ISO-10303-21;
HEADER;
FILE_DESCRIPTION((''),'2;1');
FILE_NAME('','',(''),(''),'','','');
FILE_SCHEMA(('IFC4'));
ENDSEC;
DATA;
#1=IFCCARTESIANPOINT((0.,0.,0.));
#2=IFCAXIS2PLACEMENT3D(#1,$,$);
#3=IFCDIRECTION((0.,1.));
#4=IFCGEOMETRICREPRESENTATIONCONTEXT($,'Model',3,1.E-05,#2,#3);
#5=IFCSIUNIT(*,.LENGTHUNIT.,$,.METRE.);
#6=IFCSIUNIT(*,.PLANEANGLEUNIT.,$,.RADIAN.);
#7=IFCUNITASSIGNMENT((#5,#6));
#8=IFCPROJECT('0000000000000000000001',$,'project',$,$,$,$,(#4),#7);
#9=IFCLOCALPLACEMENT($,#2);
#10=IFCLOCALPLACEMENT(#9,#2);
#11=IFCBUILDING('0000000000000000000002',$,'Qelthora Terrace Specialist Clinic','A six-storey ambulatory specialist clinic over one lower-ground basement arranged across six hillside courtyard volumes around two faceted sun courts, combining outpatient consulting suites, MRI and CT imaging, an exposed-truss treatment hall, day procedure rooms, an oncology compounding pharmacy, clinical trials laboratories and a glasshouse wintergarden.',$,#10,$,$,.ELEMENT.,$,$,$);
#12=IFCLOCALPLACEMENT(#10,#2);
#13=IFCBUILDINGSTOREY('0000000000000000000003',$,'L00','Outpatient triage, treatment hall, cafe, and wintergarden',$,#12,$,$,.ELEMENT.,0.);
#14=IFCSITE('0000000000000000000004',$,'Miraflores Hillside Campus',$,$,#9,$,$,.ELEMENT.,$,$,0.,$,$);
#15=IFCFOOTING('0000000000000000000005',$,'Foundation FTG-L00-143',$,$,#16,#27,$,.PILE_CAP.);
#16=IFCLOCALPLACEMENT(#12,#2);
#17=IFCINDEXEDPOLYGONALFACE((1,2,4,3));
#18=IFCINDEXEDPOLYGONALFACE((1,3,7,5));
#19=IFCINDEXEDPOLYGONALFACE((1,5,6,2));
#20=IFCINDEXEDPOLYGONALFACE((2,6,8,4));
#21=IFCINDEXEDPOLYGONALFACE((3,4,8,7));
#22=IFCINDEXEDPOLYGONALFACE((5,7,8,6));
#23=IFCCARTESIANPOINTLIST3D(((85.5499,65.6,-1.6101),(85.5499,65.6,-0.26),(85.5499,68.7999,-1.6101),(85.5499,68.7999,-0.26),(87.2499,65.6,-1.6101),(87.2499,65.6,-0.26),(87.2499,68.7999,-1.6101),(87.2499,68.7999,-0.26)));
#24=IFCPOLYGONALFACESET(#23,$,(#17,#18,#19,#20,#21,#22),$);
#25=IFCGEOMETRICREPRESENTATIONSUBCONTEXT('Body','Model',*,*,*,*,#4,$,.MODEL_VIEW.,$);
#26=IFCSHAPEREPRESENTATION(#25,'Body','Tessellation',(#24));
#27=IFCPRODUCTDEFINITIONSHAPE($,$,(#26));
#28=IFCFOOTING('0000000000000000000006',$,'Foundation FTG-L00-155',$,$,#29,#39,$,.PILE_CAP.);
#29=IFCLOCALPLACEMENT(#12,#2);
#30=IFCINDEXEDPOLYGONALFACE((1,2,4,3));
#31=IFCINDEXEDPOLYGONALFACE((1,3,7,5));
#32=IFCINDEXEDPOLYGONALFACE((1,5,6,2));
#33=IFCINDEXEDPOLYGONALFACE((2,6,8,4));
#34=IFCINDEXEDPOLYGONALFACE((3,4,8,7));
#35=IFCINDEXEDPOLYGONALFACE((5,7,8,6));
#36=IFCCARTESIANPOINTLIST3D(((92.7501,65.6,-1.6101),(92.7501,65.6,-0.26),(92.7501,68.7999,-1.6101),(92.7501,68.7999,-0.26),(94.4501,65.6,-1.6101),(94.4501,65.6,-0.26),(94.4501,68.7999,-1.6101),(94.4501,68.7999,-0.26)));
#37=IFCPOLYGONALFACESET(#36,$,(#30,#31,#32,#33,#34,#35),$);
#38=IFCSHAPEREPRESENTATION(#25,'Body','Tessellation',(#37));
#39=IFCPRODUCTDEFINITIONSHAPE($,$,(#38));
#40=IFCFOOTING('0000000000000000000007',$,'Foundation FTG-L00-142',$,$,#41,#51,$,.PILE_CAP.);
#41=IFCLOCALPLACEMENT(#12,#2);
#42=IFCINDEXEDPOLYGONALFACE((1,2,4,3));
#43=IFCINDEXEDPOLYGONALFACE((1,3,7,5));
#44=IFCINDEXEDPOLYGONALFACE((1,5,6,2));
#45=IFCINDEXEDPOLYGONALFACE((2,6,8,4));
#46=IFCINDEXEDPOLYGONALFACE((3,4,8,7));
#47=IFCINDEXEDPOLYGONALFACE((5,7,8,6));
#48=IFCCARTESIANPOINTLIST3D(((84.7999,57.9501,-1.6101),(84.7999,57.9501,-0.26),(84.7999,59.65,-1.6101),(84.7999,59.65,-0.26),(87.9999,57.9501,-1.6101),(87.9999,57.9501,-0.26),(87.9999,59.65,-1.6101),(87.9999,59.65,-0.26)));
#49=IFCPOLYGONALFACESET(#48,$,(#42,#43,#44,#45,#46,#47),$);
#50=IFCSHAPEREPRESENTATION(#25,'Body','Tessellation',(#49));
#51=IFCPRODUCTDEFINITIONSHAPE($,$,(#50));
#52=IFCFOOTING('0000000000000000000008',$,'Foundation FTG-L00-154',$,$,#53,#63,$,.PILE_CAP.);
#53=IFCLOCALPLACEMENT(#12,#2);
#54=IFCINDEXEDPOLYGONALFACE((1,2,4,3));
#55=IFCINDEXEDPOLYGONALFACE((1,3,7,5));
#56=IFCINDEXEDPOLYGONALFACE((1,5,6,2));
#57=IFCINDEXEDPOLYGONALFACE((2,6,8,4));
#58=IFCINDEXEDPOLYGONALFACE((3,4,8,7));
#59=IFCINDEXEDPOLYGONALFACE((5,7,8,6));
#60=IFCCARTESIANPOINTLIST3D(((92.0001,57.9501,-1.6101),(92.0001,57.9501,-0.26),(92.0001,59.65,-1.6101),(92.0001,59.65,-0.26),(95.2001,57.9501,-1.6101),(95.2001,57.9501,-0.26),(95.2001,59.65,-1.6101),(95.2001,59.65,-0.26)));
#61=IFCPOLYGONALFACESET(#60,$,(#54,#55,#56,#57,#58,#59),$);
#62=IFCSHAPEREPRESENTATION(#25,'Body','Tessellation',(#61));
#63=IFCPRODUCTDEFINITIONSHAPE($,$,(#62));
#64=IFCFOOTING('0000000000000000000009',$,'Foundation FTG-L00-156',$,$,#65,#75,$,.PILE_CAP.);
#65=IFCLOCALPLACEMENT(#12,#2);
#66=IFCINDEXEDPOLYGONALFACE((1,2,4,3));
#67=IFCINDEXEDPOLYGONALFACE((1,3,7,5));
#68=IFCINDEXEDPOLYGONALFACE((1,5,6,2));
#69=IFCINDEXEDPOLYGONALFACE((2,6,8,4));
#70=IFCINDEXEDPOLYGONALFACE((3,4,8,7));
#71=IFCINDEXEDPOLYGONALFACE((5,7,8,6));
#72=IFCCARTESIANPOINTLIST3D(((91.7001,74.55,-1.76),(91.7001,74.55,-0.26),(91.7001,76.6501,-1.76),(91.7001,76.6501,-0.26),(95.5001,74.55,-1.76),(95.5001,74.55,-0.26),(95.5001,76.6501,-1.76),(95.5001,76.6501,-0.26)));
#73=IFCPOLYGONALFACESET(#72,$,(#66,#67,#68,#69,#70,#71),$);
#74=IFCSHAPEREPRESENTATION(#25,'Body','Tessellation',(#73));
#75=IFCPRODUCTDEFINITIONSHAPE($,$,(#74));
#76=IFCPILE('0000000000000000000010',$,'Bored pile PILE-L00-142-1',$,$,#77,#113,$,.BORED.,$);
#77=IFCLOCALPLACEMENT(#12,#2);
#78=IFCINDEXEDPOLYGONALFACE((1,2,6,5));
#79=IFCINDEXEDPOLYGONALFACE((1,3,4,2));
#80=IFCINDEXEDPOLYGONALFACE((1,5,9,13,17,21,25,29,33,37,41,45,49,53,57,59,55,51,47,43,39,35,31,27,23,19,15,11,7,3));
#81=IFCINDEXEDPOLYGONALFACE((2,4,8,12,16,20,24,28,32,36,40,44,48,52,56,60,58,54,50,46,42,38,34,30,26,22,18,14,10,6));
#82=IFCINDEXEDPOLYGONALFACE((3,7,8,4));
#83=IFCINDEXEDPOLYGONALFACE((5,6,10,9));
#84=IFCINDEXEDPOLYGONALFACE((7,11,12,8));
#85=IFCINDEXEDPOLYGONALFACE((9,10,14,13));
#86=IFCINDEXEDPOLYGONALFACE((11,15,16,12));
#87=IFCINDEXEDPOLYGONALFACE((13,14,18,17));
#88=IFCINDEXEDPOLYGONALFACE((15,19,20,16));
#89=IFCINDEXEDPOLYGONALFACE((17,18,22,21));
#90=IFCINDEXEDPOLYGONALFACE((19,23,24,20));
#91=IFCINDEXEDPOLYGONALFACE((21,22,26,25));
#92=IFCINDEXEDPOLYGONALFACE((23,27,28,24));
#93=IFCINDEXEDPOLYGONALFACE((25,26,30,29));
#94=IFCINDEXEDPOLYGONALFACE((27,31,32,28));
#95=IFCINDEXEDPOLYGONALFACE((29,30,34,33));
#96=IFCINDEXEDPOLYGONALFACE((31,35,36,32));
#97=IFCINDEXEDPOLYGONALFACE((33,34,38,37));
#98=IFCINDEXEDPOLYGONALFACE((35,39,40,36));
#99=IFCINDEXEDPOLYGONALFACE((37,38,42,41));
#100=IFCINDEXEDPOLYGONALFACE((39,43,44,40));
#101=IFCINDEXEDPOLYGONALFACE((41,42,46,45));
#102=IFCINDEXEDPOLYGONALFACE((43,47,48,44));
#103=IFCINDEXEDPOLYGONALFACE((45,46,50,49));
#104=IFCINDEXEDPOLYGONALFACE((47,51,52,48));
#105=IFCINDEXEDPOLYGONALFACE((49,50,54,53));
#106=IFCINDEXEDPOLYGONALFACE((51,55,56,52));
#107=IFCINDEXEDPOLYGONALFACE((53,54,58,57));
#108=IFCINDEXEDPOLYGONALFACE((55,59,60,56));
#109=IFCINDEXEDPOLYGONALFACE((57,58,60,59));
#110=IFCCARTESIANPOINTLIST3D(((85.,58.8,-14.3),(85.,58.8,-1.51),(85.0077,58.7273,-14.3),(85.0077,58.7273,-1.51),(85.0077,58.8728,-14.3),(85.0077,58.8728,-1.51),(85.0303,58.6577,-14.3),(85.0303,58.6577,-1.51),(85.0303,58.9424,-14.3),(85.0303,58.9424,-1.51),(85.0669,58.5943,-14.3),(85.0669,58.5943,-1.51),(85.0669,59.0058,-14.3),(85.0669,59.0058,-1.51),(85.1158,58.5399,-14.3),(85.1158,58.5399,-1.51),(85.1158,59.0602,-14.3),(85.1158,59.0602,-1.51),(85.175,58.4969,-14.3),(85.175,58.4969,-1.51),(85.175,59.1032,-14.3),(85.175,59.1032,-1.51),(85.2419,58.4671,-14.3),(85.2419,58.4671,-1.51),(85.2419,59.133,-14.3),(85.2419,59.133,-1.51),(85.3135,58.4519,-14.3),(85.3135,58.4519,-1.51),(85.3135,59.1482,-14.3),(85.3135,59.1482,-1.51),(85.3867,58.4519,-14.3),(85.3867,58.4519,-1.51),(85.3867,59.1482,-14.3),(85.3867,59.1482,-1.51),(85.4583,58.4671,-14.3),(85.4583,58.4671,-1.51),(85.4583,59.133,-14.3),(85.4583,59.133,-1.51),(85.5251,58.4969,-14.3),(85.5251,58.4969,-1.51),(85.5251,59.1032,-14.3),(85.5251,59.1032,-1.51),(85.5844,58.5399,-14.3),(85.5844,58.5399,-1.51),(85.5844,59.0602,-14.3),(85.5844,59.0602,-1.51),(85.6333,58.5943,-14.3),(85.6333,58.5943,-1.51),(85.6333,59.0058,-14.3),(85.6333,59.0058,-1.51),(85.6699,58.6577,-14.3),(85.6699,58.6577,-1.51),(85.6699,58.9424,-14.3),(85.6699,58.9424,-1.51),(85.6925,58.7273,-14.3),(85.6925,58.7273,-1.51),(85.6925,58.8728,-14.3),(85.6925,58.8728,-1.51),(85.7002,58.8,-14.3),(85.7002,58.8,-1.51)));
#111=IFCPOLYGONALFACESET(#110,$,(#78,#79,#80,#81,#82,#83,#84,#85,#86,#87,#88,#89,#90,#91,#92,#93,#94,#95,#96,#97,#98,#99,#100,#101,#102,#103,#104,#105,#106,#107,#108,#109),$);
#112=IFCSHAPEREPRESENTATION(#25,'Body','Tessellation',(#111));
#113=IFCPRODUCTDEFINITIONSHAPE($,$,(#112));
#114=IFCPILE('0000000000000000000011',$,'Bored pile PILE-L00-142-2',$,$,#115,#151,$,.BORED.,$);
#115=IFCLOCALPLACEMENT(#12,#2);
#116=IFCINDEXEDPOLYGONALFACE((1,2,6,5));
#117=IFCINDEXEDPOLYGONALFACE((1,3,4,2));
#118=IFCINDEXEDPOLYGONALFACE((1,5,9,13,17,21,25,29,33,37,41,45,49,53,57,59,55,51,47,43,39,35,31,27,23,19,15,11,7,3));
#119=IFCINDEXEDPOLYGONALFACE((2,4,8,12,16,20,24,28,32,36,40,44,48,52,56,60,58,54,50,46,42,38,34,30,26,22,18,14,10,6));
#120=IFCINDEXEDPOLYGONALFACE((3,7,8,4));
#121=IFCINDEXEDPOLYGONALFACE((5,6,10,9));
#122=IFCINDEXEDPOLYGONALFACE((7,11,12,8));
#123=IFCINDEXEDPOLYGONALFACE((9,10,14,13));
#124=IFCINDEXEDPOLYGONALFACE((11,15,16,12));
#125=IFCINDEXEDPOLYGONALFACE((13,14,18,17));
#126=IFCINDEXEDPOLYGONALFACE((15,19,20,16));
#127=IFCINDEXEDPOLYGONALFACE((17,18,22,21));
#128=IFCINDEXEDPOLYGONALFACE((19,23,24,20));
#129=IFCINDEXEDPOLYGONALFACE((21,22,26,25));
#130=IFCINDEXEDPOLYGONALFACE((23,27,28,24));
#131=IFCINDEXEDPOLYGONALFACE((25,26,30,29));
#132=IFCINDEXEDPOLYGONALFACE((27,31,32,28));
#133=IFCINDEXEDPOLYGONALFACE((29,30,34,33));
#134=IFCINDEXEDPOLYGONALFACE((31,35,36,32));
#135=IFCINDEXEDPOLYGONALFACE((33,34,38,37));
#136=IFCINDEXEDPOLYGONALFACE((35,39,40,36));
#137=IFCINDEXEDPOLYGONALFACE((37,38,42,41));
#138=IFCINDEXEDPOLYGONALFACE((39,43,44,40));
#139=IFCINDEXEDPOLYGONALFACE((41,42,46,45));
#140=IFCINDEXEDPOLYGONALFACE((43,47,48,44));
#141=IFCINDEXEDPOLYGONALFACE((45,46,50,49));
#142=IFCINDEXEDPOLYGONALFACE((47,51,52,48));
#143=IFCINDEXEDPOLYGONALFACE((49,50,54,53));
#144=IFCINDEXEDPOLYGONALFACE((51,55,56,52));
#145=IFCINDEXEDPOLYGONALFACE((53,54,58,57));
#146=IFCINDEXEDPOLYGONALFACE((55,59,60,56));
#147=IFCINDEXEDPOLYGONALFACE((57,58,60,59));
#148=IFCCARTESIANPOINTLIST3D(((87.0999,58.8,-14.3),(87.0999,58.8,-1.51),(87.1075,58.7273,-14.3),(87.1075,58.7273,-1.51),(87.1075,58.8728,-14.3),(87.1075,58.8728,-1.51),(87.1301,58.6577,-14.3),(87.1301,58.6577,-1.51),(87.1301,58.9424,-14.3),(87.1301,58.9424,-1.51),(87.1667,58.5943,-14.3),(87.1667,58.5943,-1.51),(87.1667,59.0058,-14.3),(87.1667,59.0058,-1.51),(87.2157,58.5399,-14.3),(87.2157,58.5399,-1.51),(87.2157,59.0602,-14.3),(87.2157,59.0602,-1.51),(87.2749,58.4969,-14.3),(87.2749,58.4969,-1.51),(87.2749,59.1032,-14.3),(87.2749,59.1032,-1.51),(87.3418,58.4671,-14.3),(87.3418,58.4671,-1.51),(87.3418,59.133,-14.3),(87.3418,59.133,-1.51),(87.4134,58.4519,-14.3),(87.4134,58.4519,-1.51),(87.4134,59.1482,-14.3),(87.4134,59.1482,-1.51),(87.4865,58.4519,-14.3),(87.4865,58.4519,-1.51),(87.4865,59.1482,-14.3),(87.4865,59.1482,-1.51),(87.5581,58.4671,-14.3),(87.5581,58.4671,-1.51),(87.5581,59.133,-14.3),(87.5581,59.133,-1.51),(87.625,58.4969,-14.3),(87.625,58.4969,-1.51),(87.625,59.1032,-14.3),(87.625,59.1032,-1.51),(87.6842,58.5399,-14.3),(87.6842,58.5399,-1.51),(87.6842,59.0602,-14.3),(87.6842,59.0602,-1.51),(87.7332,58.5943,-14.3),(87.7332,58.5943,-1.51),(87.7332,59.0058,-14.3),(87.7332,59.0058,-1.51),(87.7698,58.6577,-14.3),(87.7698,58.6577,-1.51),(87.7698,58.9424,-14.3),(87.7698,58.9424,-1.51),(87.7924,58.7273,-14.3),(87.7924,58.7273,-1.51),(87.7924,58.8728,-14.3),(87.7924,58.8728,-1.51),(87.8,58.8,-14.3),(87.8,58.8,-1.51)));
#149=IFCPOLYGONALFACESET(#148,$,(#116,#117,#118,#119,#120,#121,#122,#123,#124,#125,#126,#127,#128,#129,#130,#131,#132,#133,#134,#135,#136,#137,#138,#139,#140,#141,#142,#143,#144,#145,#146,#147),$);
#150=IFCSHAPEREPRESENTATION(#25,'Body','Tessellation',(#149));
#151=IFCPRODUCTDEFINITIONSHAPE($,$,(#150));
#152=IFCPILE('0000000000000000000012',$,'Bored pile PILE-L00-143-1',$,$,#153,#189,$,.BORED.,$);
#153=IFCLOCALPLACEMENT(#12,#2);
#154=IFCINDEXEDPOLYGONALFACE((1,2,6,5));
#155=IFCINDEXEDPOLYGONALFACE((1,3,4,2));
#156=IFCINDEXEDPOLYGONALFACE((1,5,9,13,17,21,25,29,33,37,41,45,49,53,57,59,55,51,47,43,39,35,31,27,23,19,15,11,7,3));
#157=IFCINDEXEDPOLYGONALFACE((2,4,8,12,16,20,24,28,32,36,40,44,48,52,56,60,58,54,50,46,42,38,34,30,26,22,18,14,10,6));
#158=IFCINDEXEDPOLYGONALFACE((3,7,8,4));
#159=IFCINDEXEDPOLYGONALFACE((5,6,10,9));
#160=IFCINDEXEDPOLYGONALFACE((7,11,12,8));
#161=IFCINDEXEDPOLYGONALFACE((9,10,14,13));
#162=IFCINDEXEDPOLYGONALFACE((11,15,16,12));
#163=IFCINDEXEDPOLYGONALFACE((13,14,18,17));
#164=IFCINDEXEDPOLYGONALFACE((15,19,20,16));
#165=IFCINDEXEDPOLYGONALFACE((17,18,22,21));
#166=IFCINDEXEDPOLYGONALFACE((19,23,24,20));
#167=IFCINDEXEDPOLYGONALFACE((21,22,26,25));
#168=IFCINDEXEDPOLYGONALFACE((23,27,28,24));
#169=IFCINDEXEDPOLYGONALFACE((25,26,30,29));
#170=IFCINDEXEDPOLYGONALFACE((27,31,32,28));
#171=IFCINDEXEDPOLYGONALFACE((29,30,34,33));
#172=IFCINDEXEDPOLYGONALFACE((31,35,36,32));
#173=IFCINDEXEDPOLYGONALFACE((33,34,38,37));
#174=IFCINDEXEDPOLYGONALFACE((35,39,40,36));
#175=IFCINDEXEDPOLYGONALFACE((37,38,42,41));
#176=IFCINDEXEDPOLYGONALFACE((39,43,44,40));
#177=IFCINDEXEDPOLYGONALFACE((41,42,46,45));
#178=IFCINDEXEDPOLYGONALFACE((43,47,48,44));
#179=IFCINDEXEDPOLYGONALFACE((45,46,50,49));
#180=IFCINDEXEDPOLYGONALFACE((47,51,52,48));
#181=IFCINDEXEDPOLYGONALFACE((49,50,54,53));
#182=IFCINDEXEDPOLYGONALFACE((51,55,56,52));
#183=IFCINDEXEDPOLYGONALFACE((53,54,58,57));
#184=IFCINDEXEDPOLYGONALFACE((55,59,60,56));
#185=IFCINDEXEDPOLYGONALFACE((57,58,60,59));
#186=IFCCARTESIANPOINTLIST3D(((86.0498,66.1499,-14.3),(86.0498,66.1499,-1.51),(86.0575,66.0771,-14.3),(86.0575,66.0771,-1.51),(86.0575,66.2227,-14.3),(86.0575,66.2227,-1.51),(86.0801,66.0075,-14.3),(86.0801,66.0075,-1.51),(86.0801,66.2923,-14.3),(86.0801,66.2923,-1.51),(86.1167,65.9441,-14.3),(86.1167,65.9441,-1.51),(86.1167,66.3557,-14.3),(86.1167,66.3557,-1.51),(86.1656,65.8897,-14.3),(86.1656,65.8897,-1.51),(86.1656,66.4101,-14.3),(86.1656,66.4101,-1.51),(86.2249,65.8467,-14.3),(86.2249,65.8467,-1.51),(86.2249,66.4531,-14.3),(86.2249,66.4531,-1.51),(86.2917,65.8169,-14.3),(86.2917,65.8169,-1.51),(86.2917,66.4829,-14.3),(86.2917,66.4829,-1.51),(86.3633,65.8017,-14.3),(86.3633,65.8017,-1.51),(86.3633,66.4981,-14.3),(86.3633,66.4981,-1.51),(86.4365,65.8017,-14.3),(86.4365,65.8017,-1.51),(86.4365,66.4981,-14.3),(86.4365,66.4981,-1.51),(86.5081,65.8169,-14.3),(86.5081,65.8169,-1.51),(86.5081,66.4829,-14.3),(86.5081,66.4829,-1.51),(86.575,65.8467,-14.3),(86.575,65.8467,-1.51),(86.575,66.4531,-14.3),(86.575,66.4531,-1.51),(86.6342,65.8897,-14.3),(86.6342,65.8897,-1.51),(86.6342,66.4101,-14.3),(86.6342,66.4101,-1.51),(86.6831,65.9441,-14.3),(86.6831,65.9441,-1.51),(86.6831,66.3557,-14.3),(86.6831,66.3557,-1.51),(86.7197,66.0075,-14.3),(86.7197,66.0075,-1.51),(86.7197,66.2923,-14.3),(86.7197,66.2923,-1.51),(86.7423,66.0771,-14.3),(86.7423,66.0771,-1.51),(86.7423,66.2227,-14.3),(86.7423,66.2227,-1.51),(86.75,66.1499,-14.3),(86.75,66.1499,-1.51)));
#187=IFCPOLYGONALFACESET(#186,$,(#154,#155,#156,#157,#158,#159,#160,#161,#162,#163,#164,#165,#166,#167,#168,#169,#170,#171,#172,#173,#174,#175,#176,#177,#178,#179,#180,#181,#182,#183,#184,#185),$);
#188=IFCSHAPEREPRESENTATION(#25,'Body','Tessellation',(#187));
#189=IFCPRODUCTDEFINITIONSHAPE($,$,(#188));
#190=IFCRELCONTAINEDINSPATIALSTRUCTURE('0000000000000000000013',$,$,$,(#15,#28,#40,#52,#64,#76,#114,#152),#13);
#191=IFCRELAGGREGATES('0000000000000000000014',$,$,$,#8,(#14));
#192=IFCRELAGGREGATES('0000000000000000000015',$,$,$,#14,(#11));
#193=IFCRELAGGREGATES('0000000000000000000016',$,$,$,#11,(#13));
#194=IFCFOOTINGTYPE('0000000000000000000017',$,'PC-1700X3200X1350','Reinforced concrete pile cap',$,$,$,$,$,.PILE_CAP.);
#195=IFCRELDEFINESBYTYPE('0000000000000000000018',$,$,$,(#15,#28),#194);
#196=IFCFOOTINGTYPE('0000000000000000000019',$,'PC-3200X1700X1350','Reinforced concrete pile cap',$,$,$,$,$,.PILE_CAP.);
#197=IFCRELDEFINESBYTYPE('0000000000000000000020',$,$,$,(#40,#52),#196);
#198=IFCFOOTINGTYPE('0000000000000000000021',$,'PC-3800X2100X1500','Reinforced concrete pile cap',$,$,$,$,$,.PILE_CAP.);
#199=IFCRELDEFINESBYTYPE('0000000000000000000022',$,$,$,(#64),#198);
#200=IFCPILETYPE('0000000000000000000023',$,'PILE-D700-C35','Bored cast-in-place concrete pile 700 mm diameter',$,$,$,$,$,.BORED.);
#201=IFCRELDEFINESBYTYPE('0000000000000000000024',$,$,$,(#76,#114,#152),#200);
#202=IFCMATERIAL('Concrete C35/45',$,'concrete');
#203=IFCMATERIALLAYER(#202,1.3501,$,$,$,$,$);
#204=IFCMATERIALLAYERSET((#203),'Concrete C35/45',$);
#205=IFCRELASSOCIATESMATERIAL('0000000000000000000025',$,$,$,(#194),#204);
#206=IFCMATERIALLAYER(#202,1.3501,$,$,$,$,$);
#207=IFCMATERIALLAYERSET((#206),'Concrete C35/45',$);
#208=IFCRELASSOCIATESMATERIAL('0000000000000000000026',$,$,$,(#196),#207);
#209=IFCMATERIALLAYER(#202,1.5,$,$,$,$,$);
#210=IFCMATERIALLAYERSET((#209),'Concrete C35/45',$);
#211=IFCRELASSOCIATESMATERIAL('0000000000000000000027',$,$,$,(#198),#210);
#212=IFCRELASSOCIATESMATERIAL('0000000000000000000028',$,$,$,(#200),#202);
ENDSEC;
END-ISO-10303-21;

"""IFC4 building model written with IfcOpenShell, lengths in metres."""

from ifc_helpers import new_model, si_unit, direction, frame, origin, origin_2d, place, context, subcontext, project, spatial, rectangle, circle, extrude, material, layer, layer_set, material_profile, profile_set, type_object, element, save


model = new_model("IFC4")

# Units and contexts
model_context = context("Model", 3, precision=1e-05, world=origin(), true_north=direction((0.0, 1.0)))
body_context = subcontext(model_context, "Body", "Model", "MODEL_VIEW")
ifc_project = project(units=[si_unit("LENGTHUNIT", "METRE"), si_unit("PLANEANGLEUNIT", "RADIAN")], contexts=[model_context])

# Site, building, storey
site_placement = place(None, origin())
site = spatial("IfcSite", under=ifc_project, at=site_placement, Name="Miraflores Hillside Campus", CompositionType="ELEMENT", RefElevation=0.0)
building_placement = place(site_placement, origin())
building = spatial("IfcBuilding", under=site, at=building_placement, Name="Qelthora Terrace Specialist Clinic", Description="A six-storey ambulatory specialist clinic over one lower-ground basement arranged across six hillside courtyard volumes around two faceted sun courts, combining outpatient consulting suites, MRI and CT imaging, an exposed-truss treatment hall, day procedure rooms, an oncology compounding pharmacy, clinical trials laboratories and a glasshouse wintergarden.", CompositionType="ELEMENT")
storey_placement = place(building_placement, origin())
storey = spatial("IfcBuildingStorey", under=building, at=storey_placement, Name="L00", Description="Outpatient triage, treatment hall, cafe, and wintergarden", CompositionType="ELEMENT", Elevation=0.0)

# Footings
ifc_material_1 = material(Name="Concrete C35/45", Category="concrete")
ifc_layer_1 = layer(ifc_material_1, 1.3501)
ifc_layer_set_1 = layer_set([ifc_layer_1], Name="Concrete C35/45")
footing_type_1 = type_object("IfcFootingType", Name="PC-1700X3200X1350", Description="Reinforced concrete pile cap", PredefinedType="PILE_CAP", material=ifc_layer_set_1)
for number, where, z_axis, x_axis, name in (
    (1, (86.3999, 67.2, -1.6101), (0.0, 0.0, 1.0), (1.0, 0.0, 0.0), "Foundation FTG-L00-143"),
    (2, (93.6001, 67.2, -1.6101), (0.0, 0.0, 1.0), (1.0, 0.0, 0.0), "Foundation FTG-L00-155"),
):
    element("IfcFooting", number, at=place(storey_placement, frame(where, z_axis=z_axis, x_axis=x_axis)), inside=storey, type_object=footing_type_1, Name=name, PredefinedType="PILE_CAP", context=body_context, shape_type="SweptSolid", body=[
        extrude(rectangle(XDim=1.7, YDim=3.2, at=origin_2d()), origin(), (0.0, 0.0, 1.0), 1.3501),
    ])
ifc_layer_2 = layer(ifc_material_1, 1.3501)
ifc_layer_set_2 = layer_set([ifc_layer_2], Name="Concrete C35/45")
footing_type_2 = type_object("IfcFootingType", Name="PC-3200X1700X1350", Description="Reinforced concrete pile cap", PredefinedType="PILE_CAP", material=ifc_layer_set_2)
for number, where, z_axis, x_axis, name in (
    (3, (86.3999, 58.8, -1.6101), (0.0, 0.0, 1.0), (1.0, 0.0, 0.0), "Foundation FTG-L00-142"),
    (4, (93.6001, 58.8, -1.6101), (0.0, 0.0, 1.0), (1.0, 0.0, 0.0), "Foundation FTG-L00-154"),
):
    element("IfcFooting", number, at=place(storey_placement, frame(where, z_axis=z_axis, x_axis=x_axis)), inside=storey, type_object=footing_type_2, Name=name, PredefinedType="PILE_CAP", context=body_context, shape_type="SweptSolid", body=[
        extrude(rectangle(XDim=3.2, YDim=1.7, at=origin_2d()), origin(), (0.0, 0.0, 1.0), 1.3501),
    ])
ifc_layer_3 = layer(ifc_material_1, 1.5)
ifc_layer_set_3 = layer_set([ifc_layer_3], Name="Concrete C35/45")
footing_type_3 = type_object("IfcFootingType", Name="PC-3800X2100X1500", Description="Reinforced concrete pile cap", PredefinedType="PILE_CAP", material=ifc_layer_set_3)
footing_placement = place(storey_placement, frame((93.6001, 75.6001, -1.76), z_axis=(0.0, 0.0, 1.0), x_axis=(1.0, 0.0, 0.0)))
element("IfcFooting", 5, at=footing_placement, inside=storey, type_object=footing_type_3, Name="Foundation FTG-L00-156", PredefinedType="PILE_CAP", context=body_context, shape_type="SweptSolid", body=[
    extrude(rectangle(XDim=3.8, YDim=2.1001, at=origin_2d()), origin(), (0.0, 0.0, 1.0), 1.5),
])

# Piles
ifc_material_profile_1 = material_profile(ifc_material_1, circle(Radius=0.3501, at=origin_2d()), Name="PILE700")
ifc_profile_set_1 = profile_set([ifc_material_profile_1], Name="Concrete C35/45")
pile_type_1 = type_object("IfcPileType", Name="PILE-D700-C35", Description="Bored cast-in-place concrete pile 700 mm diameter", PredefinedType="BORED", material=ifc_profile_set_1)
for number, where, z_axis, x_axis, name in (
    (6, (85.3501, 58.8, -1.51), (0.0, 0.0, -1.0), (1.0, 0.0, 0.0), "Bored pile PILE-L00-142-1"),
    (7, (87.45, 58.8, -1.51), (0.0, 0.0, -1.0), (1.0, 0.0, 0.0), "Bored pile PILE-L00-142-2"),
    (8, (86.3999, 66.1499, -1.51), (0.0, 0.0, -1.0), (1.0, 0.0, 0.0), "Bored pile PILE-L00-143-1"),
):
    element("IfcPile", number, at=place(storey_placement, frame(where, z_axis=z_axis, x_axis=x_axis)), inside=storey, type_object=pile_type_1, Name=name, PredefinedType="BORED", context=body_context, shape_type="SweptSolid", body=[
        extrude(circle(Radius=0.3501, at=origin_2d()), origin(), (0.0, 0.0, 1.0), 12.79),
    ])

save(model, "model.ifc")
